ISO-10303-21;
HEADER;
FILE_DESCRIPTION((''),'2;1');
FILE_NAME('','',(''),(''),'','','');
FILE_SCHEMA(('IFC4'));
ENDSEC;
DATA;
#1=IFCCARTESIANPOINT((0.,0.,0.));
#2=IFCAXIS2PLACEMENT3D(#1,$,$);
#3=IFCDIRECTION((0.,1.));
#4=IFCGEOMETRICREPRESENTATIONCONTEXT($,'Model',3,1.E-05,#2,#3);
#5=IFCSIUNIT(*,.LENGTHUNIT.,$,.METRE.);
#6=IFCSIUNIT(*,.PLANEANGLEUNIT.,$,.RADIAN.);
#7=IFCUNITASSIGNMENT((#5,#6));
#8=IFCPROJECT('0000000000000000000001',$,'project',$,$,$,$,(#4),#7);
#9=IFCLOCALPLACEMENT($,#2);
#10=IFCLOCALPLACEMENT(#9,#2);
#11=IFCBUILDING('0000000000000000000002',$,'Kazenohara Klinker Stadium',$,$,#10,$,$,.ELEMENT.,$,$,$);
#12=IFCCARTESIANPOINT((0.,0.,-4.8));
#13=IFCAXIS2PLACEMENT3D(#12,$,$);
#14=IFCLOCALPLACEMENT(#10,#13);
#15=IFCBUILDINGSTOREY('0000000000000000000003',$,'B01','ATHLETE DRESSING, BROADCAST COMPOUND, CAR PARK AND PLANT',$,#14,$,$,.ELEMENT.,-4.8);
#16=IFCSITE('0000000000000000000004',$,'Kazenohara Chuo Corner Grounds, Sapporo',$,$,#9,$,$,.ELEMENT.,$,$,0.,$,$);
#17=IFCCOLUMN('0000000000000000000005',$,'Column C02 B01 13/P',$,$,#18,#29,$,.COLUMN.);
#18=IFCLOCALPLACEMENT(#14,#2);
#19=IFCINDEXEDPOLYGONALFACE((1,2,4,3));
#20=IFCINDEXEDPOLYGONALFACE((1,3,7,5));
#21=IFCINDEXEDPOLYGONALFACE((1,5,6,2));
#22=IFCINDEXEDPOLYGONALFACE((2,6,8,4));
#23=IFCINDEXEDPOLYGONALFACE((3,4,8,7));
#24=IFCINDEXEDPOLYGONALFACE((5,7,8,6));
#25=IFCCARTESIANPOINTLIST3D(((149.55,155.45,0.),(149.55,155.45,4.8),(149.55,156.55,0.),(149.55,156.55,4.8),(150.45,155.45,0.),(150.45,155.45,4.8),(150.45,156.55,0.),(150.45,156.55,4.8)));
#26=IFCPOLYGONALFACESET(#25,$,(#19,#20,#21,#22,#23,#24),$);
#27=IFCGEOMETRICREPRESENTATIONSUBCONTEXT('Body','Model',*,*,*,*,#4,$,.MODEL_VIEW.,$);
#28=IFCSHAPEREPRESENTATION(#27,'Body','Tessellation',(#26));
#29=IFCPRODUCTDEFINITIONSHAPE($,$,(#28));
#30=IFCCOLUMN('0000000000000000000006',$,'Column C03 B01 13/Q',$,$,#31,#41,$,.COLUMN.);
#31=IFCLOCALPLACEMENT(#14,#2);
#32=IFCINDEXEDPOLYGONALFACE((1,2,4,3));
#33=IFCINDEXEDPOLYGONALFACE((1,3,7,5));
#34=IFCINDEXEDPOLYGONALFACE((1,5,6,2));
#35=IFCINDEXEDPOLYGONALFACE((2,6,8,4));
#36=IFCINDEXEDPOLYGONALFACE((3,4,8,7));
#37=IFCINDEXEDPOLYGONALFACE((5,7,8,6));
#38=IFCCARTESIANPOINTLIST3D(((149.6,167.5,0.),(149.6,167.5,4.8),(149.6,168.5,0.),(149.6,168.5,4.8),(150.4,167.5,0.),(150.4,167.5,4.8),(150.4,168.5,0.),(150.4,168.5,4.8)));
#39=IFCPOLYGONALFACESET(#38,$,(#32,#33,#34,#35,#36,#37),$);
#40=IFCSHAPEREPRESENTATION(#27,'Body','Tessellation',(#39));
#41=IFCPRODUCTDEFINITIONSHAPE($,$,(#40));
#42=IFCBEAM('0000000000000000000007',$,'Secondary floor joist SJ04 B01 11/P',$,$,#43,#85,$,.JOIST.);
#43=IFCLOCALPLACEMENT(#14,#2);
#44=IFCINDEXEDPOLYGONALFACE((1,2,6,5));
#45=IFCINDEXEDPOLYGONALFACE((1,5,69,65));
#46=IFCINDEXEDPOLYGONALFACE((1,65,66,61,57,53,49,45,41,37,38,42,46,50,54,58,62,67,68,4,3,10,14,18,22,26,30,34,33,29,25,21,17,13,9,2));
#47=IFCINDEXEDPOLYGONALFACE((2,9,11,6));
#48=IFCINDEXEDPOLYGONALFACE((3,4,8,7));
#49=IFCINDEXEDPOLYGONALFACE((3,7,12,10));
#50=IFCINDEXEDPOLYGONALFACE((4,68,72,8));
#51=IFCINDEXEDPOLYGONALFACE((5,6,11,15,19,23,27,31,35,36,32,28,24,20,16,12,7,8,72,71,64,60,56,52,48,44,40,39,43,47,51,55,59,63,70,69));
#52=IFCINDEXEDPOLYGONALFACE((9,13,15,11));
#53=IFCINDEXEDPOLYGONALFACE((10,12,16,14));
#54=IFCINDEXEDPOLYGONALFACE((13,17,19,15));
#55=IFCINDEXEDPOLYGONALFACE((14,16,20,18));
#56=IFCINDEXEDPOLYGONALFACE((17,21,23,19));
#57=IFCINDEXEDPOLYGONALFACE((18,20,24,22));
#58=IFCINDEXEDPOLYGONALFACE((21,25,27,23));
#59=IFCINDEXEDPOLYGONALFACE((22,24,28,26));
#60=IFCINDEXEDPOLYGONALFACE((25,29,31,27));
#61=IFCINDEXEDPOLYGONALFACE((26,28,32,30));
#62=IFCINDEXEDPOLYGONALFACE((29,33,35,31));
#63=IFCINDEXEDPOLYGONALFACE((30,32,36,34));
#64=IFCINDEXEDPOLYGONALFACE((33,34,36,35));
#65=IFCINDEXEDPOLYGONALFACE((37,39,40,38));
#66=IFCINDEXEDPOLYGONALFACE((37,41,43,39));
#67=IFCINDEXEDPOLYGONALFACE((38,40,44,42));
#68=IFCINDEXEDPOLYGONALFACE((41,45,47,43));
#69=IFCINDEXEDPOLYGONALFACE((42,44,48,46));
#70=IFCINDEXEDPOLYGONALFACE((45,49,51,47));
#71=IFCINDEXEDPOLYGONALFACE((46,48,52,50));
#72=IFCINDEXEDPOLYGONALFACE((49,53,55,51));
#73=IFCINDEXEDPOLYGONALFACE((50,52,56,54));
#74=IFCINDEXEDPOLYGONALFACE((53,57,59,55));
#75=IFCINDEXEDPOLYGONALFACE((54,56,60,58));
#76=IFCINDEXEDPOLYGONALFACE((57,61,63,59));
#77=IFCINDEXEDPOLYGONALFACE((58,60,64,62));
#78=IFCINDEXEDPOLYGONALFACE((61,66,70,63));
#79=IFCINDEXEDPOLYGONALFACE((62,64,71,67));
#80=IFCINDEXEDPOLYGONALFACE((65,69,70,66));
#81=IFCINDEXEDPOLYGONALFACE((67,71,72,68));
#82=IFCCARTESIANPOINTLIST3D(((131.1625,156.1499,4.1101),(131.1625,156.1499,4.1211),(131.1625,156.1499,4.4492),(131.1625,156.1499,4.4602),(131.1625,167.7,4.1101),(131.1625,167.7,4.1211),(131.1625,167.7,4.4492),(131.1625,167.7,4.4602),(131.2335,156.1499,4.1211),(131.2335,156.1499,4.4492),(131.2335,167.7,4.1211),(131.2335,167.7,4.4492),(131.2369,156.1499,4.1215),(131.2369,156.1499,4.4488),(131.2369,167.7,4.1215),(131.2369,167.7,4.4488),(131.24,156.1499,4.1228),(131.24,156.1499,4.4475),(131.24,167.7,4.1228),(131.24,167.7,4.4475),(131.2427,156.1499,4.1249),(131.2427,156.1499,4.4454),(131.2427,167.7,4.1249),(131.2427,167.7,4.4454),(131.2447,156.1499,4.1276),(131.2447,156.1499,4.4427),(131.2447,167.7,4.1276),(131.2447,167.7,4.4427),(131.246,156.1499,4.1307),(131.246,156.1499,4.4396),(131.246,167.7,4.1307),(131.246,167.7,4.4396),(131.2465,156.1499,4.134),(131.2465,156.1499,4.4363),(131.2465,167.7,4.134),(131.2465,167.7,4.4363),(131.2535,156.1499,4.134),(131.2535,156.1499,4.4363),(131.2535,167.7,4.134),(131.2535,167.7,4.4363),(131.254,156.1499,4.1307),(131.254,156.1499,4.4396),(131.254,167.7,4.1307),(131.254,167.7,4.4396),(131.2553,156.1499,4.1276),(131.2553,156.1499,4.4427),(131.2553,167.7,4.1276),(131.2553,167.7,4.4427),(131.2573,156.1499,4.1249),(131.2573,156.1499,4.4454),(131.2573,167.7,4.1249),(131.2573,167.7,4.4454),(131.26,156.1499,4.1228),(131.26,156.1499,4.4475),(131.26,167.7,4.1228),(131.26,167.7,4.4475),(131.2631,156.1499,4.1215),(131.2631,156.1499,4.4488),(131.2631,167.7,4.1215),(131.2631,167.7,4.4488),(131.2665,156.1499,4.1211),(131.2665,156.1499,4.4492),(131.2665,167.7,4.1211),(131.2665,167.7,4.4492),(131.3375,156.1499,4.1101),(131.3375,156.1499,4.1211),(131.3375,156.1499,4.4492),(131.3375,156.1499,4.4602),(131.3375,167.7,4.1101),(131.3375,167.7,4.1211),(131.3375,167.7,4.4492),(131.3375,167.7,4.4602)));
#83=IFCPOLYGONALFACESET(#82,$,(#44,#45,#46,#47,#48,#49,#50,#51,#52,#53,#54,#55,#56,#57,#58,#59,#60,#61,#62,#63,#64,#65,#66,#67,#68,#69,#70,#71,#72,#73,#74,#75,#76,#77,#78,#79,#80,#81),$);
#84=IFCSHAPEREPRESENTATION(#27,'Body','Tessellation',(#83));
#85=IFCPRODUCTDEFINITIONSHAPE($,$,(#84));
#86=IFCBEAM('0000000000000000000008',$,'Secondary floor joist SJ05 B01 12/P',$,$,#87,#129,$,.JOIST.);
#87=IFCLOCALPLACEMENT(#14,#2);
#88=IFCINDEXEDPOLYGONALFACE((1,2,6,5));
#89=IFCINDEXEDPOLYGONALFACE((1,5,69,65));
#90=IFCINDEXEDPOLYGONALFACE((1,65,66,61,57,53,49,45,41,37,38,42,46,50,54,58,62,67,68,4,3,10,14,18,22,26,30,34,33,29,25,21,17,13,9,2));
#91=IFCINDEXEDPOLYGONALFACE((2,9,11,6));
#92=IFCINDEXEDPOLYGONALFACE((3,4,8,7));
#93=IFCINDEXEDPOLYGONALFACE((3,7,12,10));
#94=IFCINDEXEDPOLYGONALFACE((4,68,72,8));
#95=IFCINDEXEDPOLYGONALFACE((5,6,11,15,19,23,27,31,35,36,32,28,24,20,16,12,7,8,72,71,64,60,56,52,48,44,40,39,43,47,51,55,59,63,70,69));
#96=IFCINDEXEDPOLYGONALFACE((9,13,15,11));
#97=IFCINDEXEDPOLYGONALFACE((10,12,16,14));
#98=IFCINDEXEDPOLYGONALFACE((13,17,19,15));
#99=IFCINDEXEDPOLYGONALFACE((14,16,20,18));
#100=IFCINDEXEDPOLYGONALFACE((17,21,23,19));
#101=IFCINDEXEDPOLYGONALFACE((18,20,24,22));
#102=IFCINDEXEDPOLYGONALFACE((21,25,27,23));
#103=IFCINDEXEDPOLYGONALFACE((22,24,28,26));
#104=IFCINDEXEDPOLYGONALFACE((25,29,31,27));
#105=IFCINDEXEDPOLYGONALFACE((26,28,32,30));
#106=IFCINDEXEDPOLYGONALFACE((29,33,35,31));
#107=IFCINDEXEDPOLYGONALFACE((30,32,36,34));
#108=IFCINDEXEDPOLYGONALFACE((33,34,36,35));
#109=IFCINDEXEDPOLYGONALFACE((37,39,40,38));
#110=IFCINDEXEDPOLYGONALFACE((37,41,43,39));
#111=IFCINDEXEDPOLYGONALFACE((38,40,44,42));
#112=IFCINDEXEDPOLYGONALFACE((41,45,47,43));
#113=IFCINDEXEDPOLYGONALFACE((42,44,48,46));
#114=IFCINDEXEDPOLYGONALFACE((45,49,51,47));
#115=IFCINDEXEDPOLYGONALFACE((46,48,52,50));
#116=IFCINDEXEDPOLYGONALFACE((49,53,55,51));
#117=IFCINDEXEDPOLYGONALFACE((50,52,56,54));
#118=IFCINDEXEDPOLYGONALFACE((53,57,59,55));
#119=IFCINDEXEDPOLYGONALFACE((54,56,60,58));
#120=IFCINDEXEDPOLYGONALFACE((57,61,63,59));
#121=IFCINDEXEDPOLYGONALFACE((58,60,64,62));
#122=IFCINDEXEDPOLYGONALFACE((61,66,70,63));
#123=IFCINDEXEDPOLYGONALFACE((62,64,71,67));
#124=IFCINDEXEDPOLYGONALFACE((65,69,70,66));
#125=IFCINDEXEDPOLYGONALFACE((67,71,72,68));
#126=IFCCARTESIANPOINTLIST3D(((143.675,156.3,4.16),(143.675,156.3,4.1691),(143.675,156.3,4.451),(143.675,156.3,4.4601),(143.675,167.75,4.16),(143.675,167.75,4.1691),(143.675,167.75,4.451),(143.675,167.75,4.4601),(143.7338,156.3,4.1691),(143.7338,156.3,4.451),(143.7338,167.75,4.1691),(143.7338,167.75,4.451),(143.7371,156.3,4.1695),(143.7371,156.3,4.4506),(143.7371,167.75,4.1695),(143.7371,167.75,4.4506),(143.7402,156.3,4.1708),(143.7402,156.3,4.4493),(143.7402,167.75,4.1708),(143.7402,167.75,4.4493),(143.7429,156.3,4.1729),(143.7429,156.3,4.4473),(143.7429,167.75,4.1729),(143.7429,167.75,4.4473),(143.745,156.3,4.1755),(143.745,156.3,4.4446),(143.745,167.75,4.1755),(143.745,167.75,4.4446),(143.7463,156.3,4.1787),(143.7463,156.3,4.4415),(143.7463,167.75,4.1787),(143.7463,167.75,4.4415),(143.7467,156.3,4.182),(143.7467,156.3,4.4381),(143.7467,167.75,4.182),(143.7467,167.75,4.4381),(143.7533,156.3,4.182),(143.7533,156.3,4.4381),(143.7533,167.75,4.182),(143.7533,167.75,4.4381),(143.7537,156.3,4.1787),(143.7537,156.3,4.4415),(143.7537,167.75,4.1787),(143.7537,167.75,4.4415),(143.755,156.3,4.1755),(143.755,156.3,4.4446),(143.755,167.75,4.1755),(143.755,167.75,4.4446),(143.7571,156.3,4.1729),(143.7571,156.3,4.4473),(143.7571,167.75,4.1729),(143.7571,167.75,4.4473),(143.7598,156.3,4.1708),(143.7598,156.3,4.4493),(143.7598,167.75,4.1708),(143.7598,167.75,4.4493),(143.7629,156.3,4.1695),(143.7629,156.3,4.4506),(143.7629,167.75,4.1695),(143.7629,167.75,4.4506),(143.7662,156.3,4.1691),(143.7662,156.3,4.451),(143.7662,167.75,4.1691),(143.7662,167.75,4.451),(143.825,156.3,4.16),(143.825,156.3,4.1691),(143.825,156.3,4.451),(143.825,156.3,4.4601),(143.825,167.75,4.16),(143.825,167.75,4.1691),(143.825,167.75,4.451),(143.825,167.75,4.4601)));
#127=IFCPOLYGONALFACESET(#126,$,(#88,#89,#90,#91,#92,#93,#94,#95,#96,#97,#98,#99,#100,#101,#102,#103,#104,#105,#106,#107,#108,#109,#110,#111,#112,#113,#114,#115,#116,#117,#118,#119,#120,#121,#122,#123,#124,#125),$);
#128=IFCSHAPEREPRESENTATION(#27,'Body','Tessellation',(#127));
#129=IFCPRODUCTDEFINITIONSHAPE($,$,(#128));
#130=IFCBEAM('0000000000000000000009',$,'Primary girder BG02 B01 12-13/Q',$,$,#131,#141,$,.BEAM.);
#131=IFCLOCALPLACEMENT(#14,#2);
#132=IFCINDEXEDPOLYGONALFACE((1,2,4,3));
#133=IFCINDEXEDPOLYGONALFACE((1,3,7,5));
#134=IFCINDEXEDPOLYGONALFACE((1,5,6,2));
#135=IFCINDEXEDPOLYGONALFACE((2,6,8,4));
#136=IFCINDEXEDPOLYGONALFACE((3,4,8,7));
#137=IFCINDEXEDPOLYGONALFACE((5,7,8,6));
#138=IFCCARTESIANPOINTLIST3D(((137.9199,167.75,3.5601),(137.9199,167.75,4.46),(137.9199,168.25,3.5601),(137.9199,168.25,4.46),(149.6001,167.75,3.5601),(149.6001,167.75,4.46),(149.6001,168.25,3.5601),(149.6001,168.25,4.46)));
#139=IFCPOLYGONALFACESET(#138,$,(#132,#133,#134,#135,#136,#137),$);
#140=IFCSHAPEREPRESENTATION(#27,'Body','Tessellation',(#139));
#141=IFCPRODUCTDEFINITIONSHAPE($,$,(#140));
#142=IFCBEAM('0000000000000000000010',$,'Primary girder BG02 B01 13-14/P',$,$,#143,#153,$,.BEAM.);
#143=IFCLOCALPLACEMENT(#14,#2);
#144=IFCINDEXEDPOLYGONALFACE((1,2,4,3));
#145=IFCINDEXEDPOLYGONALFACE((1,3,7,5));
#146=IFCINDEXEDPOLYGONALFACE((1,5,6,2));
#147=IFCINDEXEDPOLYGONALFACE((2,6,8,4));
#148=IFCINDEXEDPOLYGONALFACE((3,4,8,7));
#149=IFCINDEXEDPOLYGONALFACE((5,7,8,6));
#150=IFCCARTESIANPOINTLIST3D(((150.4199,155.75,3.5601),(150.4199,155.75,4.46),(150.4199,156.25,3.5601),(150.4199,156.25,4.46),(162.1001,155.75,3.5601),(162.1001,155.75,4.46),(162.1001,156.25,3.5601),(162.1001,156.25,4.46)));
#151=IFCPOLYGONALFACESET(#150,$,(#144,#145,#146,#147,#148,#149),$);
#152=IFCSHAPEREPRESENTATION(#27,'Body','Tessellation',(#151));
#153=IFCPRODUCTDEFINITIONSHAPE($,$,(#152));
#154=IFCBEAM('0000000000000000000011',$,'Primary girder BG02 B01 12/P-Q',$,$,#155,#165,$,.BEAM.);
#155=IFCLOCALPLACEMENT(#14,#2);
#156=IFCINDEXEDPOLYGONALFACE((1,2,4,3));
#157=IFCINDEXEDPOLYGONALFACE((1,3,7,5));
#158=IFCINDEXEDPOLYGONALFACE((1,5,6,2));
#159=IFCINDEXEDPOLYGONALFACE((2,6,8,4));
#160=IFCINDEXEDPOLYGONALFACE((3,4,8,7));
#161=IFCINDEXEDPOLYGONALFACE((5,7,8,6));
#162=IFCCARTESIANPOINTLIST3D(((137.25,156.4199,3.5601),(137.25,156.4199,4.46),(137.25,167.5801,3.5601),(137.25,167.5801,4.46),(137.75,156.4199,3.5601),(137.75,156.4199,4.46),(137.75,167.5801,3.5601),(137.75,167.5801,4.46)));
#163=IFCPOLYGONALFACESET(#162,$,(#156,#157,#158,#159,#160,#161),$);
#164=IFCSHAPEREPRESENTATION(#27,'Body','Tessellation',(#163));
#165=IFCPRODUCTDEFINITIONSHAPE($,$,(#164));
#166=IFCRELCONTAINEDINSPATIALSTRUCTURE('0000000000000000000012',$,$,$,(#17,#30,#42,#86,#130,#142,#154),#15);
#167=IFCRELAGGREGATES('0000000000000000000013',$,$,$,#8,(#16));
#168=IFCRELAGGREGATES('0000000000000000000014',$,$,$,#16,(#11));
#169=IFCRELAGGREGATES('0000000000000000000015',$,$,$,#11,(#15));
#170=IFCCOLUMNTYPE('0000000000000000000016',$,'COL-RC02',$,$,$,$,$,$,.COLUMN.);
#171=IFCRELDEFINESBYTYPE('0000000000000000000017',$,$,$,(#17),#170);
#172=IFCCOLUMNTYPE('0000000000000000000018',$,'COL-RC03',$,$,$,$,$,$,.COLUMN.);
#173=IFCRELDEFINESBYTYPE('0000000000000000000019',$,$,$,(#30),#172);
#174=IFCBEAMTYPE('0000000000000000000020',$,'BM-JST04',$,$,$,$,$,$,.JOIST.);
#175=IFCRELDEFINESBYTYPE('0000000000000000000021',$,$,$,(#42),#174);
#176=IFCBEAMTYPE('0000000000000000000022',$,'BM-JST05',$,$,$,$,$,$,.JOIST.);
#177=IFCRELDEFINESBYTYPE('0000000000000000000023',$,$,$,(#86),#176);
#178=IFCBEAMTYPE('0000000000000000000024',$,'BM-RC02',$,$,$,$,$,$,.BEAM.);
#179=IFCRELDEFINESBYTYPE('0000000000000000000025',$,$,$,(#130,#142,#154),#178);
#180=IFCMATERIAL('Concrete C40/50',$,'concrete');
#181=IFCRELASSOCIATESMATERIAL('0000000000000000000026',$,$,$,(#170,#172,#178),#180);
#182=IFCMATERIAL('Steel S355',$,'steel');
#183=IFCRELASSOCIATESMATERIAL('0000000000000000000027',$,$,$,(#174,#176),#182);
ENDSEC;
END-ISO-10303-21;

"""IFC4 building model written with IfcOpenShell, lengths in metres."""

from ifc_helpers import new_model, si_unit, direction, frame, origin, origin_2d, place, context, subcontext, project, spatial, rectangle, i_section, extrude, material, material_profile, profile_set, type_object, element, save


model = new_model("IFC4")

# Units and contexts
model_context = context("Model", 3, precision=1e-05, world=origin(), true_north=direction((0.0, 1.0)))
body_context = subcontext(model_context, "Body", "Model", "MODEL_VIEW")
ifc_project = project(units=[si_unit("LENGTHUNIT", "METRE"), si_unit("PLANEANGLEUNIT", "RADIAN")], contexts=[model_context])

# Site, building, storey
site_placement = place(None, origin())
site = spatial("IfcSite", under=ifc_project, at=site_placement, Name="Kazenohara Chuo Corner Grounds, Sapporo", CompositionType="ELEMENT", RefElevation=0.0)
building_placement = place(site_placement, origin())
building = spatial("IfcBuilding", under=site, at=building_placement, Name="Kazenohara Klinker Stadium", CompositionType="ELEMENT")
storey_placement = place(building_placement, frame((0.0, 0.0, -4.8)))
storey = spatial("IfcBuildingStorey", under=building, at=storey_placement, Name="B01", Description="ATHLETE DRESSING, BROADCAST COMPOUND, CAR PARK AND PLANT", CompositionType="ELEMENT", Elevation=-4.8)

# Columns
ifc_material_1 = material(Name="Concrete C40/50", Category="concrete")
ifc_material_profile_1 = material_profile(ifc_material_1, rectangle(XDim=0.8999, YDim=1.1001, at=origin_2d()), Name="RC-COL-1100x900")
ifc_profile_set_1 = profile_set([ifc_material_profile_1], Name="Concrete C40/50")
column_type_1 = type_object("IfcColumnType", Name="COL-RC02", PredefinedType="COLUMN", material=ifc_profile_set_1)
for number, where, z_axis, x_axis, name in (
    (1, (150.0, 156.0, 0.0), (0.0, 0.0, 1.0), (1.0, 0.0, 0.0), "Column C02 B01 13/P"),
):
    element("IfcColumn", number, at=place(storey_placement, frame(where, z_axis=z_axis, x_axis=x_axis)), inside=storey, type_object=column_type_1, Name=name, PredefinedType="COLUMN", context=body_context, shape_type="SweptSolid", body=[
        extrude(rectangle(XDim=0.8999, YDim=1.1001, at=origin_2d()), origin(), (0.0, 0.0, 1.0), 4.8),
    ])
ifc_material_profile_2 = material_profile(ifc_material_1, rectangle(XDim=0.8, YDim=1.0, at=origin_2d()), Name="RC-COL-1000x800")
ifc_profile_set_2 = profile_set([ifc_material_profile_2], Name="Concrete C40/50")
column_type_2 = type_object("IfcColumnType", Name="COL-RC03", PredefinedType="COLUMN", material=ifc_profile_set_2)
column_placement = place(storey_placement, frame((150.0, 168.0, 0.0), z_axis=(0.0, 0.0, 1.0), x_axis=(1.0, 0.0, 0.0)))
element("IfcColumn", 2, at=column_placement, inside=storey, type_object=column_type_2, Name="Column C03 B01 13/Q", PredefinedType="COLUMN", context=body_context, shape_type="SweptSolid", body=[
    extrude(rectangle(XDim=0.8, YDim=1.0, at=origin_2d()), origin(), (0.0, 0.0, 1.0), 4.8),
])

# Beams
ifc_material_2 = material(Name="Steel S355", Category="steel")
ifc_material_profile_3 = material_profile(ifc_material_2, i_section(OverallWidth=0.175, OverallDepth=0.3501, WebThickness=0.0071, FlangeThickness=0.011, FilletRadius=0.0129, at=origin_2d()), Name="H-350x175x7x11")
ifc_profile_set_3 = profile_set([ifc_material_profile_3], Name="Steel S355")
beam_type_1 = type_object("IfcBeamType", Name="BM-JST04", PredefinedType="JOIST", material=ifc_profile_set_3)
beam_1_placement = place(storey_placement, frame((131.25, 156.1499, 4.2852), z_axis=(0.0, 1.0, 0.0), x_axis=(-1.0, 0.0, 0.0)))
element("IfcBeam", 3, at=beam_1_placement, inside=storey, type_object=beam_type_1, Name="Secondary floor joist SJ04 B01 11/P", PredefinedType="JOIST", context=body_context, shape_type="SweptSolid", body=[
    extrude(i_section(OverallWidth=0.175, OverallDepth=0.3501, WebThickness=0.0071, FlangeThickness=0.011, FilletRadius=0.0129, at=origin_2d()), origin(), (0.0, 0.0, 1.0), 11.55),
])
ifc_material_profile_4 = material_profile(ifc_material_2, i_section(OverallWidth=0.1499, OverallDepth=0.3, WebThickness=0.0066, FlangeThickness=0.009, FilletRadius=0.0129, at=origin_2d()), Name="H-300x150x6.5x9")
ifc_profile_set_4 = profile_set([ifc_material_profile_4], Name="Steel S355")
beam_type_2 = type_object("IfcBeamType", Name="BM-JST05", PredefinedType="JOIST", material=ifc_profile_set_4)
beam_2_placement = place(storey_placement, frame((143.75, 156.3, 4.3101), z_axis=(0.0, 1.0, 0.0), x_axis=(-1.0, 0.0, 0.0)))
element("IfcBeam", 4, at=beam_2_placement, inside=storey, type_object=beam_type_2, Name="Secondary floor joist SJ05 B01 12/P", PredefinedType="JOIST", context=body_context, shape_type="SweptSolid", body=[
    extrude(i_section(OverallWidth=0.1499, OverallDepth=0.3, WebThickness=0.0066, FlangeThickness=0.009, FilletRadius=0.0129, at=origin_2d()), origin(), (0.0, 0.0, 1.0), 11.45),
])
ifc_material_profile_5 = material_profile(ifc_material_1, rectangle(XDim=0.5, YDim=0.8999, at=origin_2d()), Name="RC-BM-500x900")
ifc_profile_set_5 = profile_set([ifc_material_profile_5], Name="Concrete C40/50")
beam_type_3 = type_object("IfcBeamType", Name="BM-RC02", PredefinedType="BEAM", material=ifc_profile_set_5)
for number, where, z_axis, x_axis, name in (
    (5, (137.9199, 168.0, 4.01), (1.0, 0.0, 0.0), (0.0, 1.0, 0.0), "Primary girder BG02 B01 12-13/Q"),
    (6, (150.4199, 156.0, 4.01), (1.0, 0.0, 0.0), (0.0, 1.0, 0.0), "Primary girder BG02 B01 13-14/P"),
):
    element("IfcBeam", number, at=place(storey_placement, frame(where, z_axis=z_axis, x_axis=x_axis)), inside=storey, type_object=beam_type_3, Name=name, PredefinedType="BEAM", context=body_context, shape_type="SweptSolid", body=[
        extrude(rectangle(XDim=0.5, YDim=0.8999, at=origin_2d()), origin(), (0.0, 0.0, 1.0), 11.6802),
    ])
beam_3_placement = place(storey_placement, frame((137.5, 156.4199, 4.01), z_axis=(0.0, 1.0, 0.0), x_axis=(-1.0, 0.0, 0.0)))
element("IfcBeam", 7, at=beam_3_placement, inside=storey, type_object=beam_type_3, Name="Primary girder BG02 B01 12/P-Q", PredefinedType="BEAM", context=body_context, shape_type="SweptSolid", body=[
    extrude(rectangle(XDim=0.5, YDim=0.8999, at=origin_2d()), origin(), (0.0, 0.0, 1.0), 11.1602),
])

save(model, "model.ifc")
